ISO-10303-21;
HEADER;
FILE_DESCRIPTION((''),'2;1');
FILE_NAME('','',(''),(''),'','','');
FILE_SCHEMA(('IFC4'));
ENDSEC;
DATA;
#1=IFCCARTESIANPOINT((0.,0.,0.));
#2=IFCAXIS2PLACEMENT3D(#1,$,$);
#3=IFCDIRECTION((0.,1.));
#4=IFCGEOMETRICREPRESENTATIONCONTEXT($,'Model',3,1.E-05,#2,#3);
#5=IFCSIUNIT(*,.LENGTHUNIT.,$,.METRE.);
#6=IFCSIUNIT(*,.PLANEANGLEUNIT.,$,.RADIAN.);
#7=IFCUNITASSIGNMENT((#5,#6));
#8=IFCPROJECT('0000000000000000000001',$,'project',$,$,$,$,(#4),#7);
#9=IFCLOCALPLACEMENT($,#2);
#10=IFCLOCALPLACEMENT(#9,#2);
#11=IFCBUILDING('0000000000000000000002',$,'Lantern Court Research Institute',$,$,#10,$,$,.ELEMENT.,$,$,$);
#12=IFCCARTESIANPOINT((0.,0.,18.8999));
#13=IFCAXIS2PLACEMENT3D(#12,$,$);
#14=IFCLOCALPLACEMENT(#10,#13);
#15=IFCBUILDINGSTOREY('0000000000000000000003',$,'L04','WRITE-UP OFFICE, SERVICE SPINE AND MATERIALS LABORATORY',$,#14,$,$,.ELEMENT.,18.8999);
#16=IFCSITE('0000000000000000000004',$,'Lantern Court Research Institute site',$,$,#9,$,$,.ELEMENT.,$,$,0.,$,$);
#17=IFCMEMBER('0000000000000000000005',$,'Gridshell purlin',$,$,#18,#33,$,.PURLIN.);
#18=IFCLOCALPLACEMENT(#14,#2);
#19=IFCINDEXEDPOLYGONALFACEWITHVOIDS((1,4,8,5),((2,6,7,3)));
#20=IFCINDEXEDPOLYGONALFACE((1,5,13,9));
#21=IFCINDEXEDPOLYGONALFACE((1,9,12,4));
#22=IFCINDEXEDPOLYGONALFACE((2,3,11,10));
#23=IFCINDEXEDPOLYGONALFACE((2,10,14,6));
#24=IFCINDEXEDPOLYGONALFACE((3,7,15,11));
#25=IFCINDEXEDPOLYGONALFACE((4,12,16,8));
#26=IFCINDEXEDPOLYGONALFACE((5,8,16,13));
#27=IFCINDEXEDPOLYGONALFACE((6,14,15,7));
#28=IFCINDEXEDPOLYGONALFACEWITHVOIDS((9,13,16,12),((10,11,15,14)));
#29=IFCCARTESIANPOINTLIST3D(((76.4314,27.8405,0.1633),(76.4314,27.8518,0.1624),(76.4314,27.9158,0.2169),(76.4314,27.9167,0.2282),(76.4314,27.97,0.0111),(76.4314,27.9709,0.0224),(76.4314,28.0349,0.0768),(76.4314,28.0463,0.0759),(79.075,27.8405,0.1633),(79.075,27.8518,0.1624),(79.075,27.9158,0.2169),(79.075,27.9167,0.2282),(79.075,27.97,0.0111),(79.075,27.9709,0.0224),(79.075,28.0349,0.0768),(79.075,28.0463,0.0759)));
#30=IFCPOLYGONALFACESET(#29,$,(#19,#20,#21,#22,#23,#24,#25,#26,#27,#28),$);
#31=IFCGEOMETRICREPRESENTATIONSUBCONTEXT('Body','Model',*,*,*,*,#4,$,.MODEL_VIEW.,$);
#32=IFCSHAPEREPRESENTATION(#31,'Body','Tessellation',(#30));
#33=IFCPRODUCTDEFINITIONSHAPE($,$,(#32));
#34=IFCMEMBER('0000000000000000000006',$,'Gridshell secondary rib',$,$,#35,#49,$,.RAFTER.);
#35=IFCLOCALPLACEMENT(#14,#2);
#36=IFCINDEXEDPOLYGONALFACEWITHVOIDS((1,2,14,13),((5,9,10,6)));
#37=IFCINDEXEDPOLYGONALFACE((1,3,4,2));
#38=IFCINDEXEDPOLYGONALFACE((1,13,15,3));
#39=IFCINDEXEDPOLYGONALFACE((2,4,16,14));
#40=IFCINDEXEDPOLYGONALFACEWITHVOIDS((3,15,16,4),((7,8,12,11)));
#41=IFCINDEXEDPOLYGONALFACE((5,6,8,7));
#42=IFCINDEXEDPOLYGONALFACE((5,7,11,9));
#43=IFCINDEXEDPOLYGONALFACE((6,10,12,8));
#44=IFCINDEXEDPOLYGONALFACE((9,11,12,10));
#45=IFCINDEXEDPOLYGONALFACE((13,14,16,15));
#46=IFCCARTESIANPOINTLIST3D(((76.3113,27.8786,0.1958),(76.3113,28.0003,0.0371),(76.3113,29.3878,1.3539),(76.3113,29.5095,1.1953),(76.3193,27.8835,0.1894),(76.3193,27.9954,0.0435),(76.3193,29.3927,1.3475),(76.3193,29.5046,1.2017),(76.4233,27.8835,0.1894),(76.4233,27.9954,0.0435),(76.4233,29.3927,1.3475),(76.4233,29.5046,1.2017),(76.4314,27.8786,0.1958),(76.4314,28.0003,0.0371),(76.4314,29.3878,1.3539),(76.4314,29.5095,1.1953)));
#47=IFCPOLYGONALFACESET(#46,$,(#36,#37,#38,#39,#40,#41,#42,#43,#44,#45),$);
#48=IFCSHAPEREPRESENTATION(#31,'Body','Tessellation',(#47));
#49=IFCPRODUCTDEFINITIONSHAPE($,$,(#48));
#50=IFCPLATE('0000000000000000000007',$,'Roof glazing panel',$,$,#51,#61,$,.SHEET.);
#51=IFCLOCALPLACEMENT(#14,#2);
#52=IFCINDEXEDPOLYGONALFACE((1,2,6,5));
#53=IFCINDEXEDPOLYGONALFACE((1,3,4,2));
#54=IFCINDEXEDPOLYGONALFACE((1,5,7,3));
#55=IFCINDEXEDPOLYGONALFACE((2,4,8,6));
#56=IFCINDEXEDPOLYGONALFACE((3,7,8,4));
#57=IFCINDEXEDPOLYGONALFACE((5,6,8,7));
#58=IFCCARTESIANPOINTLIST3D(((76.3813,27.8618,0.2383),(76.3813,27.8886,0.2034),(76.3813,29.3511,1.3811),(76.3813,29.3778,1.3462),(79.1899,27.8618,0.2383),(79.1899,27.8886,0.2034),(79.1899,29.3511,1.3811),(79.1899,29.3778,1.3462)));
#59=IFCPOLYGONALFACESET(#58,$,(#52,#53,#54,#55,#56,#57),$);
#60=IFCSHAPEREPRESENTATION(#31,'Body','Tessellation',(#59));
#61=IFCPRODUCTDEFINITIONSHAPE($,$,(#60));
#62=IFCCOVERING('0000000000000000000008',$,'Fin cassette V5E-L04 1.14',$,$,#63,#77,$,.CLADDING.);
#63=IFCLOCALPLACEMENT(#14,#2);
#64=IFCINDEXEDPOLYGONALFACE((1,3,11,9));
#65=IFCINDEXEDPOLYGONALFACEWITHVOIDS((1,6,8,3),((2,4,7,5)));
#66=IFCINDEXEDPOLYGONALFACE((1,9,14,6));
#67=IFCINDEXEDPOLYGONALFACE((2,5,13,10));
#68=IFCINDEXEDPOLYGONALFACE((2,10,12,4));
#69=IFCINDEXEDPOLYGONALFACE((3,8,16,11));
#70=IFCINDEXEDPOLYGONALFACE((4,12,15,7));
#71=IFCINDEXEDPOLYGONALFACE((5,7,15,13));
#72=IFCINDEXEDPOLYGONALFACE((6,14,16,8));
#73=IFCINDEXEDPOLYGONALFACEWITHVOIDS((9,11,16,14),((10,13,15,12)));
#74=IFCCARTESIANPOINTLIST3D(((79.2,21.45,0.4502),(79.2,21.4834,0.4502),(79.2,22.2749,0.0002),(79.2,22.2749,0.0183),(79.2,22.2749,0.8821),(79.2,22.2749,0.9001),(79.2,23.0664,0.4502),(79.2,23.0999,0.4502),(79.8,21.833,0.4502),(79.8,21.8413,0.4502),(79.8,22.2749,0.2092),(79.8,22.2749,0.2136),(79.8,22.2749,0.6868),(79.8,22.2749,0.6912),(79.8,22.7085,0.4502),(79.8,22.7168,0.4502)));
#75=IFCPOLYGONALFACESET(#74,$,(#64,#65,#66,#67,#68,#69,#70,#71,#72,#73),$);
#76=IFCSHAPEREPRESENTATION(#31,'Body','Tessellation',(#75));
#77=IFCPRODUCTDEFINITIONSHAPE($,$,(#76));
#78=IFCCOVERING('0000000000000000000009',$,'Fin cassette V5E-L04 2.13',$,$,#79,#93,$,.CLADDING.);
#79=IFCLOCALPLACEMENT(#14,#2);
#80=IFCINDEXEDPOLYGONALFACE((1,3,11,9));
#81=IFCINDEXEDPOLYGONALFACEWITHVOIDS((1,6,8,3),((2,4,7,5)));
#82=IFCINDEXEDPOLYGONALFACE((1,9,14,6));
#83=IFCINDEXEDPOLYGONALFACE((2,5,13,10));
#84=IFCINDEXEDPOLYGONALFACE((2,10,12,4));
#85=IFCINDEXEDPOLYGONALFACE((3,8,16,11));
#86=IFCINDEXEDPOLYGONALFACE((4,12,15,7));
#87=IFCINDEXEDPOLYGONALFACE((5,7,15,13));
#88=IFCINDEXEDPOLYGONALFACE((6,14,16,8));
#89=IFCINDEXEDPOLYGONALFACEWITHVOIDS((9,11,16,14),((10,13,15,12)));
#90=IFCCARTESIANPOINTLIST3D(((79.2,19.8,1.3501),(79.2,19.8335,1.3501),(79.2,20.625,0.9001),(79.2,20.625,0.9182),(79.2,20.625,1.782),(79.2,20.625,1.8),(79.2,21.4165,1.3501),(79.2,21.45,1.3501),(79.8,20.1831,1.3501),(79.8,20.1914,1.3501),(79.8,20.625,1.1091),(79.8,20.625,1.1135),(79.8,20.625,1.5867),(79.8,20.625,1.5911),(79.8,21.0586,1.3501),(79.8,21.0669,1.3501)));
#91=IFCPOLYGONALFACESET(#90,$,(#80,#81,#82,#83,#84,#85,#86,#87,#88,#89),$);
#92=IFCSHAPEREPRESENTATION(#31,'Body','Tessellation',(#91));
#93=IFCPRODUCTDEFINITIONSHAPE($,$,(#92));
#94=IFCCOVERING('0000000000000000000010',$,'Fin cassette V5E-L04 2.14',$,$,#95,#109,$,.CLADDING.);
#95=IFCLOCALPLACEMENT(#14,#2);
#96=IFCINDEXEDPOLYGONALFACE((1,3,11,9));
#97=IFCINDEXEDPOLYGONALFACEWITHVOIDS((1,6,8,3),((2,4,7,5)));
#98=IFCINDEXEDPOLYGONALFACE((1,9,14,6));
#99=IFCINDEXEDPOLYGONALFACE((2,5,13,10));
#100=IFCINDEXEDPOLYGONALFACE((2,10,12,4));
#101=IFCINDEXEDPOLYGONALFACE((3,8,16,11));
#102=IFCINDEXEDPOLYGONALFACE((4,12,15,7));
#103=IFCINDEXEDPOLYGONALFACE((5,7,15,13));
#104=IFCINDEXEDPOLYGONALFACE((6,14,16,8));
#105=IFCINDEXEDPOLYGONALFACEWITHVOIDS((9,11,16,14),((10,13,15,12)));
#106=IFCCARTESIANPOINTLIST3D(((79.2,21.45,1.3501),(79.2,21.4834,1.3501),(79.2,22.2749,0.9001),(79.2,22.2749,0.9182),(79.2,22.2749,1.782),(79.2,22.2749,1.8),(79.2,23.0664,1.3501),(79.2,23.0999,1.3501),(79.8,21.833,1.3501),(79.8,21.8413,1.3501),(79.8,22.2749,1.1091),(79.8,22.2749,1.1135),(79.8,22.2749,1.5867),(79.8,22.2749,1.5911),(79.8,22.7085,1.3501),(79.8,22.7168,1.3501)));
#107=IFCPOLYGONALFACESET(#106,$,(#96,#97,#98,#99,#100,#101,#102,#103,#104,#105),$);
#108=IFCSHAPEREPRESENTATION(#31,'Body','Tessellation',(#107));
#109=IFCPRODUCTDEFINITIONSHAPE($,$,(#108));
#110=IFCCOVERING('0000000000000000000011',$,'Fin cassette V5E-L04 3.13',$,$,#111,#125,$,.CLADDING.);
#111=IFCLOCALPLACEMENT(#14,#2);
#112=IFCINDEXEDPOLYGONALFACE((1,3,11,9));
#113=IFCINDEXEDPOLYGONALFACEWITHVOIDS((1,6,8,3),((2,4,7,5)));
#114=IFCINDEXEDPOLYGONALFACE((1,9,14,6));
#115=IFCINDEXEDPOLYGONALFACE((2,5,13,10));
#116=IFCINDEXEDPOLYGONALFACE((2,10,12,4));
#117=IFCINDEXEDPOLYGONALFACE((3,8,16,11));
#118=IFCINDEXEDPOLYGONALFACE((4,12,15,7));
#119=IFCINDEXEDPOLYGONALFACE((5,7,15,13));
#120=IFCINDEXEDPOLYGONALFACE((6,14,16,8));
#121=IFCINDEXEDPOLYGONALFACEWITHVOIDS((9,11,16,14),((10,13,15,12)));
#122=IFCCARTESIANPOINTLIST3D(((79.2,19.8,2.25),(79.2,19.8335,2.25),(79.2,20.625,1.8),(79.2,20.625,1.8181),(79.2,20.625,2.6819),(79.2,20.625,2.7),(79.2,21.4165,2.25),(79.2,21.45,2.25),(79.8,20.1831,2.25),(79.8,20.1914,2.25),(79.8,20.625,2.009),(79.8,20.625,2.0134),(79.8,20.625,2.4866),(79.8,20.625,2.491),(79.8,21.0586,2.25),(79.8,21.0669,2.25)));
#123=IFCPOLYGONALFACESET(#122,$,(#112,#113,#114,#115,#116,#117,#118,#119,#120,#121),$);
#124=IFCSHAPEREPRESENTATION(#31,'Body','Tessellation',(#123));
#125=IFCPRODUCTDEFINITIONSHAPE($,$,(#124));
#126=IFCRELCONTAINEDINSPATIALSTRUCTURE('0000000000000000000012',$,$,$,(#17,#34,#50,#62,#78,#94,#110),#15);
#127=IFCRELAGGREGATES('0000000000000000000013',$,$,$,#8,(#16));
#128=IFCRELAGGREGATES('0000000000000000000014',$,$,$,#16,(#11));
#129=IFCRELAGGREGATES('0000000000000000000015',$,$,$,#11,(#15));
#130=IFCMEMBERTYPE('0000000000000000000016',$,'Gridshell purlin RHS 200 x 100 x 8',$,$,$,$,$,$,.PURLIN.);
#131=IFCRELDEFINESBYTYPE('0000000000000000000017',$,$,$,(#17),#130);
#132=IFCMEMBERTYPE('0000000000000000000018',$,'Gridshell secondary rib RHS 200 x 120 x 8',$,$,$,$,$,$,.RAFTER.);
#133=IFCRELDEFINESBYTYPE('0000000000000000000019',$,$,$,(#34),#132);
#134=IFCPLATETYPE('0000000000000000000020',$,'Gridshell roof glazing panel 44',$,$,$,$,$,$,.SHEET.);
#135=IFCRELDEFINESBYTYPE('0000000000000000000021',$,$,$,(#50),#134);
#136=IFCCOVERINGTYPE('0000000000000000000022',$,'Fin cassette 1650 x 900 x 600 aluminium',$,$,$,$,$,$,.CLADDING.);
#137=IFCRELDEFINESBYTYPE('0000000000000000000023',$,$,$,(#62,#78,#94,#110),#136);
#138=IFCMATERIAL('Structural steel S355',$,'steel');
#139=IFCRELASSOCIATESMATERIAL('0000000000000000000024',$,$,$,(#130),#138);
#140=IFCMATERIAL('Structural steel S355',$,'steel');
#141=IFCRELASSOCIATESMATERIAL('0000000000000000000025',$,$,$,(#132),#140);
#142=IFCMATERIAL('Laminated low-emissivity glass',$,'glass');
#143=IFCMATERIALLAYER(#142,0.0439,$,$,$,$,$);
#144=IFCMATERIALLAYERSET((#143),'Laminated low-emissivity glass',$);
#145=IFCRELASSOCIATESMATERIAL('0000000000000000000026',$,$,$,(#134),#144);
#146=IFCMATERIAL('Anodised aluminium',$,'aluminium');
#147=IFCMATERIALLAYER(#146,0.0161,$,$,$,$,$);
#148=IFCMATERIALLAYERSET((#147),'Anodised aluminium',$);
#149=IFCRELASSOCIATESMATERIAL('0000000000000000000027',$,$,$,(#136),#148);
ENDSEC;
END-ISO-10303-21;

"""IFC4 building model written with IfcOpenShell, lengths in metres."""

from ifc_helpers import new_model, entity, si_unit, direction, frame, origin, origin_2d, place, context, subcontext, project, spatial, polyline, hollow_rectangle, outline, extrude, material, layer, layer_set, material_profile, profile_set, type_object, element, save


model = new_model("IFC4")

# Units and contexts
model_context = context("Model", 3, precision=1e-05, world=origin(), true_north=direction((0.0, 1.0)))
body_context = subcontext(model_context, "Body", "Model", "MODEL_VIEW")
ifc_project = project(units=[si_unit("LENGTHUNIT", "METRE"), si_unit("PLANEANGLEUNIT", "RADIAN")], contexts=[model_context])

# Site, building, storey
site_placement = place(None, origin())
site = spatial("IfcSite", under=ifc_project, at=site_placement, Name="Lantern Court Research Institute site", CompositionType="ELEMENT", RefElevation=0.0)
building_placement = place(site_placement, origin())
building = spatial("IfcBuilding", under=site, at=building_placement, Name="Lantern Court Research Institute", CompositionType="ELEMENT")
storey_placement = place(building_placement, frame((0.0, 0.0, 18.8999)))
storey = spatial("IfcBuildingStorey", under=building, at=storey_placement, Name="L04", Description="WRITE-UP OFFICE, SERVICE SPINE AND MATERIALS LABORATORY", CompositionType="ELEMENT", Elevation=18.8999)

# Members
ifc_material_1 = material(Name="Structural steel S355", Category="steel")
ifc_material_profile_1 = material_profile(ifc_material_1, hollow_rectangle(XDim=0.1001, YDim=0.2, WallThickness=0.0081, at=origin_2d()), Name="Gridshell purlin RHS 200 x 100 x 8")
ifc_profile_set_1 = profile_set([ifc_material_profile_1], Name="Structural steel S355")
member_type_1 = type_object("IfcMemberType", Name="Gridshell purlin RHS 200 x 100 x 8", PredefinedType="PURLIN", material=ifc_profile_set_1)
member_1_placement = place(storey_placement, frame((76.4314, 27.9434, 0.1196), z_axis=(1.0, 0.0, 0.0), x_axis=(0.0, 0.761673, 0.647962)))
element("IfcMember", 1, at=member_1_placement, inside=storey, type_object=member_type_1, Name="Gridshell purlin", PredefinedType="PURLIN", context=body_context, shape_type="SweptSolid", body=[
    extrude(hollow_rectangle(XDim=0.1001, YDim=0.2, WallThickness=0.0081, at=origin_2d()), origin(), (0.0, 0.0, 1.0), 2.6436),
])
ifc_material_2 = material(Name="Structural steel S355", Category="steel")
ifc_material_profile_2 = material_profile(ifc_material_2, hollow_rectangle(XDim=0.1201, YDim=0.2, WallThickness=0.0081, at=origin_2d()), Name="Gridshell secondary rib RHS 200 x 120 x 8")
ifc_profile_set_2 = profile_set([ifc_material_profile_2], Name="Structural steel S355")
member_type_2 = type_object("IfcMemberType", Name="Gridshell secondary rib RHS 200 x 120 x 8", PredefinedType="RAFTER", material=ifc_profile_set_2)
member_2_placement = place(storey_placement, frame((76.3713, 27.9395, 0.1165), z_axis=(0.0, 0.79333, 0.608792), x_axis=(-1.0, 0.0, 0.0)))
element("IfcMember", 2, at=member_2_placement, inside=storey, type_object=member_type_2, Name="Gridshell secondary rib", PredefinedType="RAFTER", context=body_context, shape_type="SweptSolid", body=[
    extrude(hollow_rectangle(XDim=0.1201, YDim=0.2, WallThickness=0.0081, at=origin_2d()), origin(), (0.0, 0.0, 1.0), 1.9023),
])

# Plate
ifc_material_3 = material(Name="Laminated low-emissivity glass", Category="glass")
ifc_layer_1 = layer(ifc_material_3, 0.0439)
ifc_layer_set_1 = layer_set([ifc_layer_1], Name="Laminated low-emissivity glass")
plate_type = type_object("IfcPlateType", Name="Gridshell roof glazing panel 44", PredefinedType="SHEET", material=ifc_layer_set_1)
plate_placement = place(storey_placement, frame((79.1899, 27.8618, 0.2383), z_axis=(0.0, -0.608786, 0.793334), x_axis=(-1.0, 0.0, 0.0)))
element("IfcPlate", 3, at=plate_placement, inside=storey, type_object=plate_type, Name="Roof glazing panel", PredefinedType="SHEET", context=body_context, shape_type="SweptSolid", body=[
    extrude(outline(polyline([(0.0, 0.0), (2.8086, 0.0), (2.8086, -1.8772), (0.0, -1.8772), (0.0, 0.0)])), origin(), (0.0, 0.0, -1.0), 0.0439),
])

# Coverings
ifc_material_4 = material(Name="Anodised aluminium", Category="aluminium")
ifc_layer_2 = layer(ifc_material_4, 0.0161)
ifc_layer_set_2 = layer_set([ifc_layer_2], Name="Anodised aluminium")
covering_type_1 = type_object("IfcCoveringType", Name="Fin cassette 1650 x 900 x 600 aluminium", PredefinedType="CLADDING", material=ifc_layer_set_2)
covering_1_placement = place(storey_placement, frame((79.2, 22.2749, 0.4502), z_axis=(1.0, 0.0, 0.0), x_axis=(0.0, 1.0, 0.0)))
cartesian_point_1 = entity("IfcCartesianPoint", [0.825, 0.0])
cartesian_point_2 = entity("IfcCartesianPoint", [0.7915, 0.0])
cartesian_point_3 = entity("IfcCartesianPoint", [0.4419, 0.0])
cartesian_point_4 = entity("IfcCartesianPoint", [0.4336, 0.0])
element("IfcCovering", 4, at=covering_1_placement, inside=storey, type_object=covering_type_1, Name="Fin cassette V5E-L04 1.14", PredefinedType="CLADDING", context=body_context, shape_type="SweptSolid", body=[
    entity("IfcExtrudedAreaSolidTapered", entity("IfcArbitraryProfileDefWithVoids", "AREA", None, entity("IfcPolyline", [cartesian_point_1, entity("IfcCartesianPoint", [0.0, 0.45]), entity("IfcCartesianPoint", [-0.825, 0.0]), entity("IfcCartesianPoint", [0.0, -0.45]), cartesian_point_1]), [entity("IfcPolyline", [cartesian_point_2, entity("IfcCartesianPoint", [0.0, 0.4319]), entity("IfcCartesianPoint", [-0.7915, 0.0]), entity("IfcCartesianPoint", [0.0, -0.4319]), cartesian_point_2])]), entity("IfcAxis2Placement3D", entity("IfcCartesianPoint", [0.0, 0.0, 0.0])), entity("IfcDirection", [0.0, 0.0, 1.0]), 0.6001, entity("IfcArbitraryProfileDefWithVoids", "AREA", None, entity("IfcPolyline", [cartesian_point_3, entity("IfcCartesianPoint", [0.0, 0.241]), entity("IfcCartesianPoint", [-0.4419, 0.0]), entity("IfcCartesianPoint", [0.0, -0.241]), cartesian_point_3]), [entity("IfcPolyline", [cartesian_point_4, entity("IfcCartesianPoint", [0.0, 0.2366]), entity("IfcCartesianPoint", [-0.4336, 0.0]), entity("IfcCartesianPoint", [0.0, -0.2366]), cartesian_point_4])])),
])
covering_2_placement = place(storey_placement, frame((79.2, 20.625, 1.3501), z_axis=(1.0, 0.0, 0.0), x_axis=(0.0, 1.0, 0.0)))
cartesian_point_5 = entity("IfcCartesianPoint", [0.825, 0.0])
cartesian_point_6 = entity("IfcCartesianPoint", [0.7915, 0.0])
cartesian_point_7 = entity("IfcCartesianPoint", [0.4419, 0.0])
cartesian_point_8 = entity("IfcCartesianPoint", [0.4336, 0.0])
element("IfcCovering", 5, at=covering_2_placement, inside=storey, type_object=covering_type_1, Name="Fin cassette V5E-L04 2.13", PredefinedType="CLADDING", context=body_context, shape_type="SweptSolid", body=[
    entity("IfcExtrudedAreaSolidTapered", entity("IfcArbitraryProfileDefWithVoids", "AREA", None, entity("IfcPolyline", [cartesian_point_5, entity("IfcCartesianPoint", [0.0, 0.45]), entity("IfcCartesianPoint", [-0.825, 0.0]), entity("IfcCartesianPoint", [0.0, -0.45]), cartesian_point_5]), [entity("IfcPolyline", [cartesian_point_6, entity("IfcCartesianPoint", [0.0, 0.4319]), entity("IfcCartesianPoint", [-0.7915, 0.0]), entity("IfcCartesianPoint", [0.0, -0.4319]), cartesian_point_6])]), entity("IfcAxis2Placement3D", entity("IfcCartesianPoint", [0.0, 0.0, 0.0])), entity("IfcDirection", [0.0, 0.0, 1.0]), 0.6001, entity("IfcArbitraryProfileDefWithVoids", "AREA", None, entity("IfcPolyline", [cartesian_point_7, entity("IfcCartesianPoint", [0.0, 0.241]), entity("IfcCartesianPoint", [-0.4419, 0.0]), entity("IfcCartesianPoint", [0.0, -0.241]), cartesian_point_7]), [entity("IfcPolyline", [cartesian_point_8, entity("IfcCartesianPoint", [0.0, 0.2366]), entity("IfcCartesianPoint", [-0.4336, 0.0]), entity("IfcCartesianPoint", [0.0, -0.2366]), cartesian_point_8])])),
])
covering_3_placement = place(storey_placement, frame((79.2, 22.2749, 1.3501), z_axis=(1.0, 0.0, 0.0), x_axis=(0.0, 1.0, 0.0)))
cartesian_point_9 = entity("IfcCartesianPoint", [0.825, 0.0])
cartesian_point_10 = entity("IfcCartesianPoint", [0.7915, 0.0])
cartesian_point_11 = entity("IfcCartesianPoint", [0.4419, 0.0])
cartesian_point_12 = entity("IfcCartesianPoint", [0.4336, 0.0])
element("IfcCovering", 6, at=covering_3_placement, inside=storey, type_object=covering_type_1, Name="Fin cassette V5E-L04 2.14", PredefinedType="CLADDING", context=body_context, shape_type="SweptSolid", body=[
    entity("IfcExtrudedAreaSolidTapered", entity("IfcArbitraryProfileDefWithVoids", "AREA", None, entity("IfcPolyline", [cartesian_point_9, entity("IfcCartesianPoint", [0.0, 0.45]), entity("IfcCartesianPoint", [-0.825, 0.0]), entity("IfcCartesianPoint", [0.0, -0.45]), cartesian_point_9]), [entity("IfcPolyline", [cartesian_point_10, entity("IfcCartesianPoint", [0.0, 0.4319]), entity("IfcCartesianPoint", [-0.7915, 0.0]), entity("IfcCartesianPoint", [0.0, -0.4319]), cartesian_point_10])]), entity("IfcAxis2Placement3D", entity("IfcCartesianPoint", [0.0, 0.0, 0.0])), entity("IfcDirection", [0.0, 0.0, 1.0]), 0.6001, entity("IfcArbitraryProfileDefWithVoids", "AREA", None, entity("IfcPolyline", [cartesian_point_11, entity("IfcCartesianPoint", [0.0, 0.241]), entity("IfcCartesianPoint", [-0.4419, 0.0]), entity("IfcCartesianPoint", [0.0, -0.241]), cartesian_point_11]), [entity("IfcPolyline", [cartesian_point_12, entity("IfcCartesianPoint", [0.0, 0.2366]), entity("IfcCartesianPoint", [-0.4336, 0.0]), entity("IfcCartesianPoint", [0.0, -0.2366]), cartesian_point_12])])),
])
covering_4_placement = place(storey_placement, frame((79.2, 20.625, 2.25), z_axis=(1.0, 0.0, 0.0), x_axis=(0.0, 1.0, 0.0)))
cartesian_point_13 = entity("IfcCartesianPoint", [0.825, 0.0])
cartesian_point_14 = entity("IfcCartesianPoint", [0.7915, 0.0])
cartesian_point_15 = entity("IfcCartesianPoint", [0.4419, 0.0])
cartesian_point_16 = entity("IfcCartesianPoint", [0.4336, 0.0])
element("IfcCovering", 7, at=covering_4_placement, inside=storey, type_object=covering_type_1, Name="Fin cassette V5E-L04 3.13", PredefinedType="CLADDING", context=body_context, shape_type="SweptSolid", body=[
    entity("IfcExtrudedAreaSolidTapered", entity("IfcArbitraryProfileDefWithVoids", "AREA", None, entity("IfcPolyline", [cartesian_point_13, entity("IfcCartesianPoint", [0.0, 0.45]), entity("IfcCartesianPoint", [-0.825, 0.0]), entity("IfcCartesianPoint", [0.0, -0.45]), cartesian_point_13]), [entity("IfcPolyline", [cartesian_point_14, entity("IfcCartesianPoint", [0.0, 0.4319]), entity("IfcCartesianPoint", [-0.7915, 0.0]), entity("IfcCartesianPoint", [0.0, -0.4319]), cartesian_point_14])]), entity("IfcAxis2Placement3D", entity("IfcCartesianPoint", [0.0, 0.0, 0.0])), entity("IfcDirection", [0.0, 0.0, 1.0]), 0.6001, entity("IfcArbitraryProfileDefWithVoids", "AREA", None, entity("IfcPolyline", [cartesian_point_15, entity("IfcCartesianPoint", [0.0, 0.241]), entity("IfcCartesianPoint", [-0.4419, 0.0]), entity("IfcCartesianPoint", [0.0, -0.241]), cartesian_point_15]), [entity("IfcPolyline", [cartesian_point_16, entity("IfcCartesianPoint", [0.0, 0.2366]), entity("IfcCartesianPoint", [-0.4336, 0.0]), entity("IfcCartesianPoint", [0.0, -0.2366]), cartesian_point_16])])),
])

save(model, "model.ifc")
